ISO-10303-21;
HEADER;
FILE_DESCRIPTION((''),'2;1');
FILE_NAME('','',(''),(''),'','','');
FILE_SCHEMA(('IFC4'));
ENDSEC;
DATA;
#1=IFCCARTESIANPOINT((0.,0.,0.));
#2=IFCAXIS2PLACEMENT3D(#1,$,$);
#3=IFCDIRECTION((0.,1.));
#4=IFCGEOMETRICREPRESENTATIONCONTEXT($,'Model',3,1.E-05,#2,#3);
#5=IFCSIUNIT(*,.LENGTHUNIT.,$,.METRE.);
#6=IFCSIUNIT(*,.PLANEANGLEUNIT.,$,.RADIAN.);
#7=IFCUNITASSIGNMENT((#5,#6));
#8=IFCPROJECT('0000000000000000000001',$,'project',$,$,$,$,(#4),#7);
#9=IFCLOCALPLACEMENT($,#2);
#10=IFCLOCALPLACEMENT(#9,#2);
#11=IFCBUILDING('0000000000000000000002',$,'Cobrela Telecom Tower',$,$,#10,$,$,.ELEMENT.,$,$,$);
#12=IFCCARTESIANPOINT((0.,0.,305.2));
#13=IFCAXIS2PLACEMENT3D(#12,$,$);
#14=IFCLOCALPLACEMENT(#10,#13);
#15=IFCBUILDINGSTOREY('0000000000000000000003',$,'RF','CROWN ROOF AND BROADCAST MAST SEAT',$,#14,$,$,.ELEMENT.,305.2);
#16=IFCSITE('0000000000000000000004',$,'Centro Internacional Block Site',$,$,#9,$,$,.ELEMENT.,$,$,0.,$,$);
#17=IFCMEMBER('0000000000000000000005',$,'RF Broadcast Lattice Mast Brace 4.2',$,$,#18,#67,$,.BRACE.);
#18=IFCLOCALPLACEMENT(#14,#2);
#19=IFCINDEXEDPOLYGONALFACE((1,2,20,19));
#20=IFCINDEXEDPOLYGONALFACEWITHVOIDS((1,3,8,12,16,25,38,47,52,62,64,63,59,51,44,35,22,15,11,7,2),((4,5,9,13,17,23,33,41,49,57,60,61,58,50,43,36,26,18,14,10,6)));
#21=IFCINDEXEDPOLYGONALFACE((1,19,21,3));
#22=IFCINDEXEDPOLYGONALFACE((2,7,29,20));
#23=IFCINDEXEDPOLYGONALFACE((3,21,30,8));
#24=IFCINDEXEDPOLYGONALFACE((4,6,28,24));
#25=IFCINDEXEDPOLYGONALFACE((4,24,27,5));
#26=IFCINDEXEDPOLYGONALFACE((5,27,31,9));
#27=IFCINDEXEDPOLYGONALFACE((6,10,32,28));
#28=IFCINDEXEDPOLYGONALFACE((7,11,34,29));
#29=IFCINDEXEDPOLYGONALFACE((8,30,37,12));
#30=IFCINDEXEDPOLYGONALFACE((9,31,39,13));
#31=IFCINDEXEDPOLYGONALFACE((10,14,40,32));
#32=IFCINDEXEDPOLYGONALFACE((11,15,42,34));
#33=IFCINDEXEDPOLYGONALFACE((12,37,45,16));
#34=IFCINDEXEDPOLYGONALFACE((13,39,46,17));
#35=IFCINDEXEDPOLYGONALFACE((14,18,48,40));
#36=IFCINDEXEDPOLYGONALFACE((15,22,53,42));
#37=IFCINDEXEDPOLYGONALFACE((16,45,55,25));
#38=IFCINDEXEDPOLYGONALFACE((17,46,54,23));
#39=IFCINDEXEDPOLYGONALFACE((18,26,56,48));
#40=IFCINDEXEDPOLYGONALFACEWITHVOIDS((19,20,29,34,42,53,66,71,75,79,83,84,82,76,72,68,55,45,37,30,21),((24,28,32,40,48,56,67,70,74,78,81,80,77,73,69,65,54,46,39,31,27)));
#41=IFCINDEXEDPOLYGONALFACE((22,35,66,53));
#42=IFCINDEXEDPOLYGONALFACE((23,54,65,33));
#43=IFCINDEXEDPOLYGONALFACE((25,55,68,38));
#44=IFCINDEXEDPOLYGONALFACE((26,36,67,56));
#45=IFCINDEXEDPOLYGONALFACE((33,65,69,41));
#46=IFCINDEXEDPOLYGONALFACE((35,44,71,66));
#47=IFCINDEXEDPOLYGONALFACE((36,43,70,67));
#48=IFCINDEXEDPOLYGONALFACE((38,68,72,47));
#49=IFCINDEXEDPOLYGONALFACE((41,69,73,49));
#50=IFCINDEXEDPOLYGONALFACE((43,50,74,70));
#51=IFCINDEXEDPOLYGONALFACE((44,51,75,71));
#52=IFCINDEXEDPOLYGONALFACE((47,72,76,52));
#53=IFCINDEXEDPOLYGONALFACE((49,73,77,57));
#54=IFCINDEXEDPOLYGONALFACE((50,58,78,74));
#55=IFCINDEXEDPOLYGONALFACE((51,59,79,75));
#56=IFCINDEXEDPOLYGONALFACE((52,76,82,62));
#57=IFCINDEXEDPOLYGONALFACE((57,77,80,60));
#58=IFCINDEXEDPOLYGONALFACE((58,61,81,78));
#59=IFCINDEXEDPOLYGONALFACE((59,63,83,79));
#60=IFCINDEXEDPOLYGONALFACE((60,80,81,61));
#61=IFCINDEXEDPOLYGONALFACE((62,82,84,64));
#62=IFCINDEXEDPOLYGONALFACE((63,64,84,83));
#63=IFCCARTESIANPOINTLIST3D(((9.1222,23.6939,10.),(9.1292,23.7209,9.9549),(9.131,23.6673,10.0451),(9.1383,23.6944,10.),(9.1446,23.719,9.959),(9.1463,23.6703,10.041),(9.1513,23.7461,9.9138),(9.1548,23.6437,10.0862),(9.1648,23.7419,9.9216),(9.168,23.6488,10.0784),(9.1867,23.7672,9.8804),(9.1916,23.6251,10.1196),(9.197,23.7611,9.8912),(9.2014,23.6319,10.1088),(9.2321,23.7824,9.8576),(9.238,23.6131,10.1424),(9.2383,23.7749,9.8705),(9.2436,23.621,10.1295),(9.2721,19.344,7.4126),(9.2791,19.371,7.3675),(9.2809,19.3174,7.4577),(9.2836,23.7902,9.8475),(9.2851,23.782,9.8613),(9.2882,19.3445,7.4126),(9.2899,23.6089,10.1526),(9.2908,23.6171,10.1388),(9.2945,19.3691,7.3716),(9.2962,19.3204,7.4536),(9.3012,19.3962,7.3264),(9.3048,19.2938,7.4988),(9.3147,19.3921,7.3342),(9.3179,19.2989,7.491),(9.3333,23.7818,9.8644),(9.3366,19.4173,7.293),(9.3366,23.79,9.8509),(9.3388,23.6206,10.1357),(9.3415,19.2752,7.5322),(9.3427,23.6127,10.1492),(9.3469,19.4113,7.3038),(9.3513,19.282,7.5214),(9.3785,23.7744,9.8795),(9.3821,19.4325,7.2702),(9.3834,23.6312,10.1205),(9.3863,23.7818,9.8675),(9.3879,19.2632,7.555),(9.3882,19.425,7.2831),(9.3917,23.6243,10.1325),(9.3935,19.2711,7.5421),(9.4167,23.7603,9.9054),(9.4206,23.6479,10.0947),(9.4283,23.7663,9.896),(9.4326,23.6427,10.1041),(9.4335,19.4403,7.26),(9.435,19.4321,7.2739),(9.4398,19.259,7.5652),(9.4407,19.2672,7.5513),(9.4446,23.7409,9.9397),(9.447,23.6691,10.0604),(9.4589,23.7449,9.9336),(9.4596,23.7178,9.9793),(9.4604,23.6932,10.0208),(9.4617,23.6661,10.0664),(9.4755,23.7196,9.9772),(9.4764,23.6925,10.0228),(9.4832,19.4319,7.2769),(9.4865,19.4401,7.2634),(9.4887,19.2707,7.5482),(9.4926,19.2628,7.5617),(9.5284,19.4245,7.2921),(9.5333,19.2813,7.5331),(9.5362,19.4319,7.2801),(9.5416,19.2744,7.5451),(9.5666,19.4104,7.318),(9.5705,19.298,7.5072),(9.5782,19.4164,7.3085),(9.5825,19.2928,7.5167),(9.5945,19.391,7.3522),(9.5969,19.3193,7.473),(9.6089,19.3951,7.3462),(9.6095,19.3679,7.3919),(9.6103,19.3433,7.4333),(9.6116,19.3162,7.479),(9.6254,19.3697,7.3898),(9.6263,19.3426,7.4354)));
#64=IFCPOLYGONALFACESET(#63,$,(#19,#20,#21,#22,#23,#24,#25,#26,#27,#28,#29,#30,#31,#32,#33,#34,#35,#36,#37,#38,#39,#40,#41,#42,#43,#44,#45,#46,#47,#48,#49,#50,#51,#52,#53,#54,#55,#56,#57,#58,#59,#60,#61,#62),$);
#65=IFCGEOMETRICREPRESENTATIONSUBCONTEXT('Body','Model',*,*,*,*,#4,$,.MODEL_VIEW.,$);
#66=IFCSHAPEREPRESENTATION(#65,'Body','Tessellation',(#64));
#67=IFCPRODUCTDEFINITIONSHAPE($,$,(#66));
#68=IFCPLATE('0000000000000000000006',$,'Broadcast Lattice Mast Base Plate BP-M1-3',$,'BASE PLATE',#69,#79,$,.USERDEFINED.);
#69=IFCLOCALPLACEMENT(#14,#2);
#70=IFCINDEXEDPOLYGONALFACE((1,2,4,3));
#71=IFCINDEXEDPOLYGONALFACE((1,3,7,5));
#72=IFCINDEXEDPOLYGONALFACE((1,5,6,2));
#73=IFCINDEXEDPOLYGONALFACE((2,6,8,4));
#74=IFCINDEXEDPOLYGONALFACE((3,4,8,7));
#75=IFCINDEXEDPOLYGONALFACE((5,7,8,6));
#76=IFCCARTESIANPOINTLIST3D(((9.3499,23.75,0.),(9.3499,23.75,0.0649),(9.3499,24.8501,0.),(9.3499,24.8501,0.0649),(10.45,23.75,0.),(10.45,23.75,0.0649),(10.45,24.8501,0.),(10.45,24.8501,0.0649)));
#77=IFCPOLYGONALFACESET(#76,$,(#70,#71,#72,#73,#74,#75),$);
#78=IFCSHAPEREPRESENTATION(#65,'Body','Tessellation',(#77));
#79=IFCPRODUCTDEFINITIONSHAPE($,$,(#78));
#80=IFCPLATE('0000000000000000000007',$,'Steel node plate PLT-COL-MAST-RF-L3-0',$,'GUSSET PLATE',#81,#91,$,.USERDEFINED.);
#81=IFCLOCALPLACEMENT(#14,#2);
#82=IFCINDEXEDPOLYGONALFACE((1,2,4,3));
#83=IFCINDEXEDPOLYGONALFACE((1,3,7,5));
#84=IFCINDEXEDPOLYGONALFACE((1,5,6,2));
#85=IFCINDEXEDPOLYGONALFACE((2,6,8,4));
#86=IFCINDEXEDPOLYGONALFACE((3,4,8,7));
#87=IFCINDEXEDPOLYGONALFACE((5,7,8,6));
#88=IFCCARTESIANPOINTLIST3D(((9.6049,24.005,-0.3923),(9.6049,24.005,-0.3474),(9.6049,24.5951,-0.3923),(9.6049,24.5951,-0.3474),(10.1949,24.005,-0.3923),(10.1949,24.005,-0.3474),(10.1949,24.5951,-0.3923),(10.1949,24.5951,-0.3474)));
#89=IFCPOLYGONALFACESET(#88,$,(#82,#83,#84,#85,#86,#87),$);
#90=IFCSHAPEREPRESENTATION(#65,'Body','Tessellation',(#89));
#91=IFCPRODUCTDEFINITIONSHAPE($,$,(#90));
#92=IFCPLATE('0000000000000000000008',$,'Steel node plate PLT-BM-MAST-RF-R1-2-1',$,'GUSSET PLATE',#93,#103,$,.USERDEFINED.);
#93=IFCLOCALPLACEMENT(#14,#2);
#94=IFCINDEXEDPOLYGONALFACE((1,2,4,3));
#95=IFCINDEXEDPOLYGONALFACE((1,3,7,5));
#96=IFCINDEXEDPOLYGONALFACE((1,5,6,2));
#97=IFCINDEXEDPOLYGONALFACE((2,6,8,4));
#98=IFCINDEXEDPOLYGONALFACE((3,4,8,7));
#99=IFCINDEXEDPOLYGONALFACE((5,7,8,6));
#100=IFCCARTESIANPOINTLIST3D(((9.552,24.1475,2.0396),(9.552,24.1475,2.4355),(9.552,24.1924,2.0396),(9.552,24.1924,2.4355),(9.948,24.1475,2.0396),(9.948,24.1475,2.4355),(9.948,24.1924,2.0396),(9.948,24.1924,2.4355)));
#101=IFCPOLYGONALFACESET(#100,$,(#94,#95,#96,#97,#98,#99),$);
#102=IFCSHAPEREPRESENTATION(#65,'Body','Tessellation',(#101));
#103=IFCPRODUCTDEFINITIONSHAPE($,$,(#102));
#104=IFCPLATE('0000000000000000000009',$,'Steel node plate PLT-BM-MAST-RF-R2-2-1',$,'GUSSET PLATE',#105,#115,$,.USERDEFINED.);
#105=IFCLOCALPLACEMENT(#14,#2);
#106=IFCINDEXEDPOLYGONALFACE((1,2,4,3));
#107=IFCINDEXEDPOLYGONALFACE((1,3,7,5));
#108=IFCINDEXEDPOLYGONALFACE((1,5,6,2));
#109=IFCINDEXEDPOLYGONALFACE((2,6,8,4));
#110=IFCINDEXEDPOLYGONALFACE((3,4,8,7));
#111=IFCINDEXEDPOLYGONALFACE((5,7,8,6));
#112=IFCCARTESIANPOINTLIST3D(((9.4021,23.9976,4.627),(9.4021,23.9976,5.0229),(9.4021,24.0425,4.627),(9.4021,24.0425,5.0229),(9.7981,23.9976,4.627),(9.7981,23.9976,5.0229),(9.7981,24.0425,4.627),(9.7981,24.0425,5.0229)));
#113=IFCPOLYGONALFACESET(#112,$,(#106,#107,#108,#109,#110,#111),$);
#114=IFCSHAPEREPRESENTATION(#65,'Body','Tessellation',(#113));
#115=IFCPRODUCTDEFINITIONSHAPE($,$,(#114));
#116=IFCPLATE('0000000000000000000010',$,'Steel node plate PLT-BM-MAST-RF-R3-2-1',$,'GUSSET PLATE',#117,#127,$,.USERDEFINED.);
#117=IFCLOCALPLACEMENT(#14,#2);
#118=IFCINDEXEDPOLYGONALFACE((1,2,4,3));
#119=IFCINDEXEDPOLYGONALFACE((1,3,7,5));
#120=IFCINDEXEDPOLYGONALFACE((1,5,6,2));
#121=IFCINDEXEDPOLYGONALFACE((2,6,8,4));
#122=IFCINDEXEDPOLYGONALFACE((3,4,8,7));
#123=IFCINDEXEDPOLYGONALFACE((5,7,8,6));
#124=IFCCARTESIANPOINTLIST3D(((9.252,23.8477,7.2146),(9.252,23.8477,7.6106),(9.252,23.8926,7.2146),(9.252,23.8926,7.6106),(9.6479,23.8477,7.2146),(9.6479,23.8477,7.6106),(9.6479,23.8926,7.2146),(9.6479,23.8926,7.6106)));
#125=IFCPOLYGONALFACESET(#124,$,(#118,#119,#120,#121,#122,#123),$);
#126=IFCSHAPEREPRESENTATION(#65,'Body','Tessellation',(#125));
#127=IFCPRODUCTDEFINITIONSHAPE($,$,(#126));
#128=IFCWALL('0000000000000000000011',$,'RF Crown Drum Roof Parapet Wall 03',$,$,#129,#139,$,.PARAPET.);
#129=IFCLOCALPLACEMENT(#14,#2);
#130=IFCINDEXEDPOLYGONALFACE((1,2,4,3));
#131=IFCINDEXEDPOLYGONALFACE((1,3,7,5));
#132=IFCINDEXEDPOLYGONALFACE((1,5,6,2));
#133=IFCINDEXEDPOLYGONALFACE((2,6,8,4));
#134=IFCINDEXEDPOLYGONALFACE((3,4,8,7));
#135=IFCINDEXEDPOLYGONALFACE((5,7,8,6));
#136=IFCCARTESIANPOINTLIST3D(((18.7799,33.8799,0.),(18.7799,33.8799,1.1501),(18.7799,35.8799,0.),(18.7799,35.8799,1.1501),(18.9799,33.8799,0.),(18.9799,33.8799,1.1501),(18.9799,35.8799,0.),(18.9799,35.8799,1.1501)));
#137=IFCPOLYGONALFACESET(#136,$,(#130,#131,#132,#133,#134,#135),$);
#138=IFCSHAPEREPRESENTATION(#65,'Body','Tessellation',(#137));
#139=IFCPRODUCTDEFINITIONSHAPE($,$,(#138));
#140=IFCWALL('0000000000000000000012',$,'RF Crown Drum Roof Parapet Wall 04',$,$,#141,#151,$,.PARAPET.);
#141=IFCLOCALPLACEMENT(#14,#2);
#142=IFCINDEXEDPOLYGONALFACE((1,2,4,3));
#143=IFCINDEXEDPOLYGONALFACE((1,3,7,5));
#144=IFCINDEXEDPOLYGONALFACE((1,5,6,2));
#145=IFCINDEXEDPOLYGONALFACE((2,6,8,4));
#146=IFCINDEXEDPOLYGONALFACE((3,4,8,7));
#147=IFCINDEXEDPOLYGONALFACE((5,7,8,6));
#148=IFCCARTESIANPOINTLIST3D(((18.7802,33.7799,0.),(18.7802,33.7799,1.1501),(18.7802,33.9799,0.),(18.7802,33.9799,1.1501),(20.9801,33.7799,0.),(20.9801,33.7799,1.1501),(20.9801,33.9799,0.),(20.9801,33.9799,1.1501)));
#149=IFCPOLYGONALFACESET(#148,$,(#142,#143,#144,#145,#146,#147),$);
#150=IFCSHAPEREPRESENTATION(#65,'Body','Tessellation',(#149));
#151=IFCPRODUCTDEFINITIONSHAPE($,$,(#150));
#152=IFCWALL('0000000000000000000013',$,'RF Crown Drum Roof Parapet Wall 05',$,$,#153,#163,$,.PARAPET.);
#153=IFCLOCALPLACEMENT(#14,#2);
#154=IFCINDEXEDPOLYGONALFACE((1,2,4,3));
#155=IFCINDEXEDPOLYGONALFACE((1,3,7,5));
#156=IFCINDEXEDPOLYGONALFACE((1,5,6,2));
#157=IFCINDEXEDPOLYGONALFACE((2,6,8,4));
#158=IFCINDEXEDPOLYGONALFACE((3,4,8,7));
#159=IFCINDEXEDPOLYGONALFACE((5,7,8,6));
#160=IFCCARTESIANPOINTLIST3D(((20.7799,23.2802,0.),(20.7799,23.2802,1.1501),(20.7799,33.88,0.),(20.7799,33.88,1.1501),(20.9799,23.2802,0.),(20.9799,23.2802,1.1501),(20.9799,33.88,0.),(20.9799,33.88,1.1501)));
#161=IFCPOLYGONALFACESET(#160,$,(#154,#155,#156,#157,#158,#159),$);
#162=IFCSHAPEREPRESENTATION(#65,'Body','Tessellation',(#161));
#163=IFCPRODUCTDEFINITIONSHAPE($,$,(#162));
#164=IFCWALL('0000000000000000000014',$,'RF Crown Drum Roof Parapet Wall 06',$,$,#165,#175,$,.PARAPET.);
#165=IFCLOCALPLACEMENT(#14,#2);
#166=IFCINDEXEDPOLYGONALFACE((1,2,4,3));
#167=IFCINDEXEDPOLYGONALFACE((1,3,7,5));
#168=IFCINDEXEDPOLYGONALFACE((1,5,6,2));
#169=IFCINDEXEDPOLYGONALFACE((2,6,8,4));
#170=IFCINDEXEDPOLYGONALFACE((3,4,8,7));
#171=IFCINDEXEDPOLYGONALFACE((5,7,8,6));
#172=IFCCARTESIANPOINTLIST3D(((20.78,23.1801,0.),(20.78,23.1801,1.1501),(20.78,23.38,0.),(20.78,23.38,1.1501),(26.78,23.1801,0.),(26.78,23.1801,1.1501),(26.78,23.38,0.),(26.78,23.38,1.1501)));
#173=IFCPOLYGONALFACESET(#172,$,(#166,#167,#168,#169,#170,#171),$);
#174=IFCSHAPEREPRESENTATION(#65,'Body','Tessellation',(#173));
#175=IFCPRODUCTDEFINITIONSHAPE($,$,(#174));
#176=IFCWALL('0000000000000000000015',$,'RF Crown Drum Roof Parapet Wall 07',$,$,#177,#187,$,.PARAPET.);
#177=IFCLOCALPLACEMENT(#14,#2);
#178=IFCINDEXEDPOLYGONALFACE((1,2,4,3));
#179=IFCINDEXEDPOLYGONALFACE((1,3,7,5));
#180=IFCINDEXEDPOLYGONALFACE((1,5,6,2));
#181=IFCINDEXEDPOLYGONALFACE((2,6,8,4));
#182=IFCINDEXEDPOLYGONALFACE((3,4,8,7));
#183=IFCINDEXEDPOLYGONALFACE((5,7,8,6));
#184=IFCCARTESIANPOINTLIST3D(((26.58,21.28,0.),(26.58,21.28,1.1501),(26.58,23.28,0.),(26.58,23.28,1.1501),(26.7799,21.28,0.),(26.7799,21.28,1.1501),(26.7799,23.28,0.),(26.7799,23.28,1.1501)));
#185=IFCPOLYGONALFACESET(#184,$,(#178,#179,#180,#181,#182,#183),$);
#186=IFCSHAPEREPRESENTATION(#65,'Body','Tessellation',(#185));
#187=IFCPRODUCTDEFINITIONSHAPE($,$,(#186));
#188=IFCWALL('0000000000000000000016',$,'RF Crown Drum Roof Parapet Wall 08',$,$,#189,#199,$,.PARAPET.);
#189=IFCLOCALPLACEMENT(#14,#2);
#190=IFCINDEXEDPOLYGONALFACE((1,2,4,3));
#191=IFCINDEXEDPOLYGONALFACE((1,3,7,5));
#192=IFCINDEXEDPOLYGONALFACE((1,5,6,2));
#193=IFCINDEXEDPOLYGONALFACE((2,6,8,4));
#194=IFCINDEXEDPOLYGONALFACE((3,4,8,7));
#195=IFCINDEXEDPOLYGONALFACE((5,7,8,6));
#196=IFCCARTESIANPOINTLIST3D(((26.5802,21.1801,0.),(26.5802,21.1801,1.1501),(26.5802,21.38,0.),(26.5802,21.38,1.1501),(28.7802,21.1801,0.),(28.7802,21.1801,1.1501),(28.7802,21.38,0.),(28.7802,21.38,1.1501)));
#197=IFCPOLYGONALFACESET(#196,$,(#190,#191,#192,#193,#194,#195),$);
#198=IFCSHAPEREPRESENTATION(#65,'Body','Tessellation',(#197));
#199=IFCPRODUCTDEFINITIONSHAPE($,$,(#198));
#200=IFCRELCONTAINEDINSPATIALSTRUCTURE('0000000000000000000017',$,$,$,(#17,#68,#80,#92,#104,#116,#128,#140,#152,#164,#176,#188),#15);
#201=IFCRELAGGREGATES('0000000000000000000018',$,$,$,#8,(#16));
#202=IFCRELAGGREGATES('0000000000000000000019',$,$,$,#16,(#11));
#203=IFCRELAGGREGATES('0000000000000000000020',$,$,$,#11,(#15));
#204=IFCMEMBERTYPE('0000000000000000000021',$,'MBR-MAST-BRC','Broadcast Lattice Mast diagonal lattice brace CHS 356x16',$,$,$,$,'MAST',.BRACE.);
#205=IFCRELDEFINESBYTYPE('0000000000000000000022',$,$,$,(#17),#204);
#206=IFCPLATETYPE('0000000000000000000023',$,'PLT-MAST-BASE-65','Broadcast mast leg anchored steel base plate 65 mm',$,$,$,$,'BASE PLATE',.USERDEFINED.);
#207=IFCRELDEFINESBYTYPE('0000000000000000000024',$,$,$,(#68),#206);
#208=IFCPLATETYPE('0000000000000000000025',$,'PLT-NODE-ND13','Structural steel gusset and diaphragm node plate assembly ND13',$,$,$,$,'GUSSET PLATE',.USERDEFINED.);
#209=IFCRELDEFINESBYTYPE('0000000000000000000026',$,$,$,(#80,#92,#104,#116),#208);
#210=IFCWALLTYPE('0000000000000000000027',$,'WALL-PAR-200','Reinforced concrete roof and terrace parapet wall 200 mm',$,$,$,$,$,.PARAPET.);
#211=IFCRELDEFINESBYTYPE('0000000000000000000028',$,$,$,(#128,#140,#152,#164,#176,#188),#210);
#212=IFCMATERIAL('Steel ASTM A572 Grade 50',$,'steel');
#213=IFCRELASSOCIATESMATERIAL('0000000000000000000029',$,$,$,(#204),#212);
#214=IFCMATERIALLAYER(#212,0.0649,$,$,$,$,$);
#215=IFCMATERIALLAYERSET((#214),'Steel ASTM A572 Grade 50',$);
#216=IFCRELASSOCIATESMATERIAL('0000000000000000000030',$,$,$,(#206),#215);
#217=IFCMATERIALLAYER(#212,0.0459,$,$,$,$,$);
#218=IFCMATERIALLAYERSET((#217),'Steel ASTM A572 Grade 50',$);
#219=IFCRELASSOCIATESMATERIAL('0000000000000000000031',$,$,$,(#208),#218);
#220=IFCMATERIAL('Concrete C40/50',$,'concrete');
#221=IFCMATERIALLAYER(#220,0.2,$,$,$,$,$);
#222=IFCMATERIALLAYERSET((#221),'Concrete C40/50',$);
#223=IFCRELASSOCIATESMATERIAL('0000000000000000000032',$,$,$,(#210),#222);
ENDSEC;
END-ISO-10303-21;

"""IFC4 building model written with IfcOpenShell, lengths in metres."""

from ifc_helpers import new_model, si_unit, direction, frame, frame_2d, origin, origin_2d, place, context, subcontext, project, spatial, rectangle, hollow_circle, extrude, material, layer, layer_set, material_profile, profile_set, type_object, element, save


model = new_model("IFC4")

# Units and contexts
model_context = context("Model", 3, precision=1e-05, world=origin(), true_north=direction((0.0, 1.0)))
body_context = subcontext(model_context, "Body", "Model", "MODEL_VIEW")
ifc_project = project(units=[si_unit("LENGTHUNIT", "METRE"), si_unit("PLANEANGLEUNIT", "RADIAN")], contexts=[model_context])

# Site, building, storey
site_placement = place(None, origin())
site = spatial("IfcSite", under=ifc_project, at=site_placement, Name="Centro Internacional Block Site", CompositionType="ELEMENT", RefElevation=0.0)
building_placement = place(site_placement, origin())
building = spatial("IfcBuilding", under=site, at=building_placement, Name="Cobrela Telecom Tower", CompositionType="ELEMENT")
storey_placement = place(building_placement, frame((0.0, 0.0, 305.2)))
storey = spatial("IfcBuildingStorey", under=building, at=storey_placement, Name="RF", Description="CROWN ROOF AND BROADCAST MAST SEAT", CompositionType="ELEMENT", Elevation=305.2)

# Shared definitions
ifc_material_1 = material(Name="Steel ASTM A572 Grade 50", Category="steel")

# Member
ifc_material_profile_1 = material_profile(ifc_material_1, hollow_circle(Radius=0.178, WallThickness=0.0161, at=origin_2d()), Name="CHS 356x16")
ifc_profile_set_1 = profile_set([ifc_material_profile_1], Name="Steel ASTM A572 Grade 50")
member_type = type_object("IfcMemberType", Name="MBR-MAST-BRC", Description="Broadcast Lattice Mast diagonal lattice brace CHS 356x16", ElementType="MAST", PredefinedType="BRACE", material=ifc_profile_set_1)
member_1_placement = place(storey_placement, frame((9.45, 19.3501, 7.4126), z_axis=(-0.029605, 0.859072, 0.510998), x_axis=(-0.999407, -0.034441, 0.0)))
element("IfcMember", 1, at=member_1_placement, inside=storey, type_object=member_type, Name="RF Broadcast Lattice Mast Brace 4.2", PredefinedType="BRACE", context=body_context, shape_type="SweptSolid", body=[
    extrude(hollow_circle(Radius=0.178, WallThickness=0.0161, at=origin_2d()), origin(), (0.0, 0.0, 1.0), 5.0635),
])

# Plates
ifc_layer_1 = layer(ifc_material_1, 0.0649)
ifc_layer_set_1 = layer_set([ifc_layer_1], Name="Steel ASTM A572 Grade 50")
plate_type_1 = type_object("IfcPlateType", Name="PLT-MAST-BASE-65", Description="Broadcast mast leg anchored steel base plate 65 mm", ElementType="BASE PLATE", PredefinedType="USERDEFINED", material=ifc_layer_set_1)
plate_1_placement = place(storey_placement, frame((9.8999, 24.3, 0.0), z_axis=(0.0, 0.0, 1.0), x_axis=(1.0, 0.0, 0.0)))
element("IfcPlate", 2, at=plate_1_placement, inside=storey, type_object=plate_type_1, Name="Broadcast Lattice Mast Base Plate BP-M1-3", ObjectType="BASE PLATE", PredefinedType="USERDEFINED", context=body_context, shape_type="SweptSolid", body=[
    extrude(rectangle(XDim=1.1001, YDim=1.1001, at=origin_2d()), origin(), (0.0, 0.0, 1.0), 0.0649),
])
ifc_layer_2 = layer(ifc_material_1, 0.0459)
ifc_layer_set_2 = layer_set([ifc_layer_2], Name="Steel ASTM A572 Grade 50")
plate_type_2 = type_object("IfcPlateType", Name="PLT-NODE-ND13", Description="Structural steel gusset and diaphragm node plate assembly ND13", ElementType="GUSSET PLATE", PredefinedType="USERDEFINED", material=ifc_layer_set_2)
plate_2_placement = place(storey_placement, frame((9.8999, 24.3, -0.3923), z_axis=(0.0, 0.0, 1.0), x_axis=(1.0, 0.0, 0.0)))
element("IfcPlate", 3, at=plate_2_placement, inside=storey, type_object=plate_type_2, Name="Steel node plate PLT-COL-MAST-RF-L3-0", ObjectType="GUSSET PLATE", PredefinedType="USERDEFINED", context=body_context, shape_type="SweptSolid", body=[
    extrude(rectangle(XDim=0.5901, YDim=0.5901, at=origin_2d()), origin(), (0.0, 0.0, 1.0), 0.0449),
])
for number, where, z_axis, x_axis, name in (
    (4, (9.75, 24.1699, 2.0396), (0.0, 0.0, 1.0), (0.0, 1.0, 0.0), "Steel node plate PLT-BM-MAST-RF-R1-2-1"),
    (5, (9.6001, 24.02, 4.627), (0.0, 0.0, 1.0), (0.0, 1.0, 0.0), "Steel node plate PLT-BM-MAST-RF-R2-2-1"),
    (6, (9.45, 23.8701, 7.2146), (0.0, 0.0, 1.0), (0.0, 1.0, 0.0), "Steel node plate PLT-BM-MAST-RF-R3-2-1"),
):
    element("IfcPlate", number, at=place(storey_placement, frame(where, z_axis=z_axis, x_axis=x_axis)), inside=storey, type_object=plate_type_2, Name=name, ObjectType="GUSSET PLATE", PredefinedType="USERDEFINED", context=body_context, shape_type="SweptSolid", body=[
        extrude(rectangle(XDim=0.0449, YDim=0.396, at=origin_2d()), origin(), (0.0, 0.0, 1.0), 0.396),
    ])

# Walls
ifc_material_2 = material(Name="Concrete C40/50", Category="concrete")
ifc_layer_3 = layer(ifc_material_2, 0.2)
ifc_layer_set_3 = layer_set([ifc_layer_3], Name="Concrete C40/50")
wall_type = type_object("IfcWallType", Name="WALL-PAR-200", Description="Reinforced concrete roof and terrace parapet wall 200 mm", PredefinedType="PARAPET", material=ifc_layer_set_3)
wall_1_placement = place(storey_placement, frame((18.8799, 35.8799, 0.0), z_axis=(0.0, 0.0, 1.0), x_axis=(0.0, -1.0, 0.0)))
element("IfcWall", 7, at=wall_1_placement, inside=storey, type_object=wall_type, Name="RF Crown Drum Roof Parapet Wall 03", PredefinedType="PARAPET", context=body_context, shape_type="SweptSolid", body=[
    extrude(rectangle(XDim=2.0, YDim=0.2, at=frame_2d((1.0, 0.0))), origin(), (0.0, 0.0, 1.0), 1.1501),
])
wall_2_placement = place(storey_placement, frame((18.78, 33.8799, 0.0), z_axis=(0.0, 0.0, 1.0), x_axis=(1.0, 0.0, 0.0)))
element("IfcWall", 8, at=wall_2_placement, inside=storey, type_object=wall_type, Name="RF Crown Drum Roof Parapet Wall 04", PredefinedType="PARAPET", context=body_context, shape_type="SweptSolid", body=[
    extrude(rectangle(XDim=2.2, YDim=0.2, at=frame_2d((1.1001, 0.0))), origin(), (0.0, 0.0, 1.0), 1.1501),
])
wall_3_placement = place(storey_placement, frame((20.8799, 33.8799, 0.0), z_axis=(0.0, 0.0, 1.0), x_axis=(0.0, -1.0, 0.0)))
element("IfcWall", 9, at=wall_3_placement, inside=storey, type_object=wall_type, Name="RF Crown Drum Roof Parapet Wall 05", PredefinedType="PARAPET", context=body_context, shape_type="SweptSolid", body=[
    extrude(rectangle(XDim=10.5999, YDim=0.2, at=frame_2d((5.2998, 0.0))), origin(), (0.0, 0.0, 1.0), 1.1501),
])
wall_4_placement = place(storey_placement, frame((20.78, 23.28, 0.0), z_axis=(0.0, 0.0, 1.0), x_axis=(1.0, 0.0, 0.0)))
element("IfcWall", 10, at=wall_4_placement, inside=storey, type_object=wall_type, Name="RF Crown Drum Roof Parapet Wall 06", PredefinedType="PARAPET", context=body_context, shape_type="SweptSolid", body=[
    extrude(rectangle(XDim=6.0, YDim=0.2, at=frame_2d((3.0, 0.0))), origin(), (0.0, 0.0, 1.0), 1.1501),
])
wall_5_placement = place(storey_placement, frame((26.6799, 23.28, 0.0), z_axis=(0.0, 0.0, 1.0), x_axis=(0.0, -1.0, 0.0)))
element("IfcWall", 11, at=wall_5_placement, inside=storey, type_object=wall_type, Name="RF Crown Drum Roof Parapet Wall 07", PredefinedType="PARAPET", context=body_context, shape_type="SweptSolid", body=[
    extrude(rectangle(XDim=2.0, YDim=0.2, at=frame_2d((1.0, 0.0))), origin(), (0.0, 0.0, 1.0), 1.1501),
])
wall_6_placement = place(storey_placement, frame((26.5801, 21.28, 0.0), z_axis=(0.0, 0.0, 1.0), x_axis=(1.0, 0.0, 0.0)))
element("IfcWall", 12, at=wall_6_placement, inside=storey, type_object=wall_type, Name="RF Crown Drum Roof Parapet Wall 08", PredefinedType="PARAPET", context=body_context, shape_type="SweptSolid", body=[
    extrude(rectangle(XDim=2.2, YDim=0.2, at=frame_2d((1.1001, 0.0))), origin(), (0.0, 0.0, 1.0), 1.1501),
])

save(model, "model.ifc")
